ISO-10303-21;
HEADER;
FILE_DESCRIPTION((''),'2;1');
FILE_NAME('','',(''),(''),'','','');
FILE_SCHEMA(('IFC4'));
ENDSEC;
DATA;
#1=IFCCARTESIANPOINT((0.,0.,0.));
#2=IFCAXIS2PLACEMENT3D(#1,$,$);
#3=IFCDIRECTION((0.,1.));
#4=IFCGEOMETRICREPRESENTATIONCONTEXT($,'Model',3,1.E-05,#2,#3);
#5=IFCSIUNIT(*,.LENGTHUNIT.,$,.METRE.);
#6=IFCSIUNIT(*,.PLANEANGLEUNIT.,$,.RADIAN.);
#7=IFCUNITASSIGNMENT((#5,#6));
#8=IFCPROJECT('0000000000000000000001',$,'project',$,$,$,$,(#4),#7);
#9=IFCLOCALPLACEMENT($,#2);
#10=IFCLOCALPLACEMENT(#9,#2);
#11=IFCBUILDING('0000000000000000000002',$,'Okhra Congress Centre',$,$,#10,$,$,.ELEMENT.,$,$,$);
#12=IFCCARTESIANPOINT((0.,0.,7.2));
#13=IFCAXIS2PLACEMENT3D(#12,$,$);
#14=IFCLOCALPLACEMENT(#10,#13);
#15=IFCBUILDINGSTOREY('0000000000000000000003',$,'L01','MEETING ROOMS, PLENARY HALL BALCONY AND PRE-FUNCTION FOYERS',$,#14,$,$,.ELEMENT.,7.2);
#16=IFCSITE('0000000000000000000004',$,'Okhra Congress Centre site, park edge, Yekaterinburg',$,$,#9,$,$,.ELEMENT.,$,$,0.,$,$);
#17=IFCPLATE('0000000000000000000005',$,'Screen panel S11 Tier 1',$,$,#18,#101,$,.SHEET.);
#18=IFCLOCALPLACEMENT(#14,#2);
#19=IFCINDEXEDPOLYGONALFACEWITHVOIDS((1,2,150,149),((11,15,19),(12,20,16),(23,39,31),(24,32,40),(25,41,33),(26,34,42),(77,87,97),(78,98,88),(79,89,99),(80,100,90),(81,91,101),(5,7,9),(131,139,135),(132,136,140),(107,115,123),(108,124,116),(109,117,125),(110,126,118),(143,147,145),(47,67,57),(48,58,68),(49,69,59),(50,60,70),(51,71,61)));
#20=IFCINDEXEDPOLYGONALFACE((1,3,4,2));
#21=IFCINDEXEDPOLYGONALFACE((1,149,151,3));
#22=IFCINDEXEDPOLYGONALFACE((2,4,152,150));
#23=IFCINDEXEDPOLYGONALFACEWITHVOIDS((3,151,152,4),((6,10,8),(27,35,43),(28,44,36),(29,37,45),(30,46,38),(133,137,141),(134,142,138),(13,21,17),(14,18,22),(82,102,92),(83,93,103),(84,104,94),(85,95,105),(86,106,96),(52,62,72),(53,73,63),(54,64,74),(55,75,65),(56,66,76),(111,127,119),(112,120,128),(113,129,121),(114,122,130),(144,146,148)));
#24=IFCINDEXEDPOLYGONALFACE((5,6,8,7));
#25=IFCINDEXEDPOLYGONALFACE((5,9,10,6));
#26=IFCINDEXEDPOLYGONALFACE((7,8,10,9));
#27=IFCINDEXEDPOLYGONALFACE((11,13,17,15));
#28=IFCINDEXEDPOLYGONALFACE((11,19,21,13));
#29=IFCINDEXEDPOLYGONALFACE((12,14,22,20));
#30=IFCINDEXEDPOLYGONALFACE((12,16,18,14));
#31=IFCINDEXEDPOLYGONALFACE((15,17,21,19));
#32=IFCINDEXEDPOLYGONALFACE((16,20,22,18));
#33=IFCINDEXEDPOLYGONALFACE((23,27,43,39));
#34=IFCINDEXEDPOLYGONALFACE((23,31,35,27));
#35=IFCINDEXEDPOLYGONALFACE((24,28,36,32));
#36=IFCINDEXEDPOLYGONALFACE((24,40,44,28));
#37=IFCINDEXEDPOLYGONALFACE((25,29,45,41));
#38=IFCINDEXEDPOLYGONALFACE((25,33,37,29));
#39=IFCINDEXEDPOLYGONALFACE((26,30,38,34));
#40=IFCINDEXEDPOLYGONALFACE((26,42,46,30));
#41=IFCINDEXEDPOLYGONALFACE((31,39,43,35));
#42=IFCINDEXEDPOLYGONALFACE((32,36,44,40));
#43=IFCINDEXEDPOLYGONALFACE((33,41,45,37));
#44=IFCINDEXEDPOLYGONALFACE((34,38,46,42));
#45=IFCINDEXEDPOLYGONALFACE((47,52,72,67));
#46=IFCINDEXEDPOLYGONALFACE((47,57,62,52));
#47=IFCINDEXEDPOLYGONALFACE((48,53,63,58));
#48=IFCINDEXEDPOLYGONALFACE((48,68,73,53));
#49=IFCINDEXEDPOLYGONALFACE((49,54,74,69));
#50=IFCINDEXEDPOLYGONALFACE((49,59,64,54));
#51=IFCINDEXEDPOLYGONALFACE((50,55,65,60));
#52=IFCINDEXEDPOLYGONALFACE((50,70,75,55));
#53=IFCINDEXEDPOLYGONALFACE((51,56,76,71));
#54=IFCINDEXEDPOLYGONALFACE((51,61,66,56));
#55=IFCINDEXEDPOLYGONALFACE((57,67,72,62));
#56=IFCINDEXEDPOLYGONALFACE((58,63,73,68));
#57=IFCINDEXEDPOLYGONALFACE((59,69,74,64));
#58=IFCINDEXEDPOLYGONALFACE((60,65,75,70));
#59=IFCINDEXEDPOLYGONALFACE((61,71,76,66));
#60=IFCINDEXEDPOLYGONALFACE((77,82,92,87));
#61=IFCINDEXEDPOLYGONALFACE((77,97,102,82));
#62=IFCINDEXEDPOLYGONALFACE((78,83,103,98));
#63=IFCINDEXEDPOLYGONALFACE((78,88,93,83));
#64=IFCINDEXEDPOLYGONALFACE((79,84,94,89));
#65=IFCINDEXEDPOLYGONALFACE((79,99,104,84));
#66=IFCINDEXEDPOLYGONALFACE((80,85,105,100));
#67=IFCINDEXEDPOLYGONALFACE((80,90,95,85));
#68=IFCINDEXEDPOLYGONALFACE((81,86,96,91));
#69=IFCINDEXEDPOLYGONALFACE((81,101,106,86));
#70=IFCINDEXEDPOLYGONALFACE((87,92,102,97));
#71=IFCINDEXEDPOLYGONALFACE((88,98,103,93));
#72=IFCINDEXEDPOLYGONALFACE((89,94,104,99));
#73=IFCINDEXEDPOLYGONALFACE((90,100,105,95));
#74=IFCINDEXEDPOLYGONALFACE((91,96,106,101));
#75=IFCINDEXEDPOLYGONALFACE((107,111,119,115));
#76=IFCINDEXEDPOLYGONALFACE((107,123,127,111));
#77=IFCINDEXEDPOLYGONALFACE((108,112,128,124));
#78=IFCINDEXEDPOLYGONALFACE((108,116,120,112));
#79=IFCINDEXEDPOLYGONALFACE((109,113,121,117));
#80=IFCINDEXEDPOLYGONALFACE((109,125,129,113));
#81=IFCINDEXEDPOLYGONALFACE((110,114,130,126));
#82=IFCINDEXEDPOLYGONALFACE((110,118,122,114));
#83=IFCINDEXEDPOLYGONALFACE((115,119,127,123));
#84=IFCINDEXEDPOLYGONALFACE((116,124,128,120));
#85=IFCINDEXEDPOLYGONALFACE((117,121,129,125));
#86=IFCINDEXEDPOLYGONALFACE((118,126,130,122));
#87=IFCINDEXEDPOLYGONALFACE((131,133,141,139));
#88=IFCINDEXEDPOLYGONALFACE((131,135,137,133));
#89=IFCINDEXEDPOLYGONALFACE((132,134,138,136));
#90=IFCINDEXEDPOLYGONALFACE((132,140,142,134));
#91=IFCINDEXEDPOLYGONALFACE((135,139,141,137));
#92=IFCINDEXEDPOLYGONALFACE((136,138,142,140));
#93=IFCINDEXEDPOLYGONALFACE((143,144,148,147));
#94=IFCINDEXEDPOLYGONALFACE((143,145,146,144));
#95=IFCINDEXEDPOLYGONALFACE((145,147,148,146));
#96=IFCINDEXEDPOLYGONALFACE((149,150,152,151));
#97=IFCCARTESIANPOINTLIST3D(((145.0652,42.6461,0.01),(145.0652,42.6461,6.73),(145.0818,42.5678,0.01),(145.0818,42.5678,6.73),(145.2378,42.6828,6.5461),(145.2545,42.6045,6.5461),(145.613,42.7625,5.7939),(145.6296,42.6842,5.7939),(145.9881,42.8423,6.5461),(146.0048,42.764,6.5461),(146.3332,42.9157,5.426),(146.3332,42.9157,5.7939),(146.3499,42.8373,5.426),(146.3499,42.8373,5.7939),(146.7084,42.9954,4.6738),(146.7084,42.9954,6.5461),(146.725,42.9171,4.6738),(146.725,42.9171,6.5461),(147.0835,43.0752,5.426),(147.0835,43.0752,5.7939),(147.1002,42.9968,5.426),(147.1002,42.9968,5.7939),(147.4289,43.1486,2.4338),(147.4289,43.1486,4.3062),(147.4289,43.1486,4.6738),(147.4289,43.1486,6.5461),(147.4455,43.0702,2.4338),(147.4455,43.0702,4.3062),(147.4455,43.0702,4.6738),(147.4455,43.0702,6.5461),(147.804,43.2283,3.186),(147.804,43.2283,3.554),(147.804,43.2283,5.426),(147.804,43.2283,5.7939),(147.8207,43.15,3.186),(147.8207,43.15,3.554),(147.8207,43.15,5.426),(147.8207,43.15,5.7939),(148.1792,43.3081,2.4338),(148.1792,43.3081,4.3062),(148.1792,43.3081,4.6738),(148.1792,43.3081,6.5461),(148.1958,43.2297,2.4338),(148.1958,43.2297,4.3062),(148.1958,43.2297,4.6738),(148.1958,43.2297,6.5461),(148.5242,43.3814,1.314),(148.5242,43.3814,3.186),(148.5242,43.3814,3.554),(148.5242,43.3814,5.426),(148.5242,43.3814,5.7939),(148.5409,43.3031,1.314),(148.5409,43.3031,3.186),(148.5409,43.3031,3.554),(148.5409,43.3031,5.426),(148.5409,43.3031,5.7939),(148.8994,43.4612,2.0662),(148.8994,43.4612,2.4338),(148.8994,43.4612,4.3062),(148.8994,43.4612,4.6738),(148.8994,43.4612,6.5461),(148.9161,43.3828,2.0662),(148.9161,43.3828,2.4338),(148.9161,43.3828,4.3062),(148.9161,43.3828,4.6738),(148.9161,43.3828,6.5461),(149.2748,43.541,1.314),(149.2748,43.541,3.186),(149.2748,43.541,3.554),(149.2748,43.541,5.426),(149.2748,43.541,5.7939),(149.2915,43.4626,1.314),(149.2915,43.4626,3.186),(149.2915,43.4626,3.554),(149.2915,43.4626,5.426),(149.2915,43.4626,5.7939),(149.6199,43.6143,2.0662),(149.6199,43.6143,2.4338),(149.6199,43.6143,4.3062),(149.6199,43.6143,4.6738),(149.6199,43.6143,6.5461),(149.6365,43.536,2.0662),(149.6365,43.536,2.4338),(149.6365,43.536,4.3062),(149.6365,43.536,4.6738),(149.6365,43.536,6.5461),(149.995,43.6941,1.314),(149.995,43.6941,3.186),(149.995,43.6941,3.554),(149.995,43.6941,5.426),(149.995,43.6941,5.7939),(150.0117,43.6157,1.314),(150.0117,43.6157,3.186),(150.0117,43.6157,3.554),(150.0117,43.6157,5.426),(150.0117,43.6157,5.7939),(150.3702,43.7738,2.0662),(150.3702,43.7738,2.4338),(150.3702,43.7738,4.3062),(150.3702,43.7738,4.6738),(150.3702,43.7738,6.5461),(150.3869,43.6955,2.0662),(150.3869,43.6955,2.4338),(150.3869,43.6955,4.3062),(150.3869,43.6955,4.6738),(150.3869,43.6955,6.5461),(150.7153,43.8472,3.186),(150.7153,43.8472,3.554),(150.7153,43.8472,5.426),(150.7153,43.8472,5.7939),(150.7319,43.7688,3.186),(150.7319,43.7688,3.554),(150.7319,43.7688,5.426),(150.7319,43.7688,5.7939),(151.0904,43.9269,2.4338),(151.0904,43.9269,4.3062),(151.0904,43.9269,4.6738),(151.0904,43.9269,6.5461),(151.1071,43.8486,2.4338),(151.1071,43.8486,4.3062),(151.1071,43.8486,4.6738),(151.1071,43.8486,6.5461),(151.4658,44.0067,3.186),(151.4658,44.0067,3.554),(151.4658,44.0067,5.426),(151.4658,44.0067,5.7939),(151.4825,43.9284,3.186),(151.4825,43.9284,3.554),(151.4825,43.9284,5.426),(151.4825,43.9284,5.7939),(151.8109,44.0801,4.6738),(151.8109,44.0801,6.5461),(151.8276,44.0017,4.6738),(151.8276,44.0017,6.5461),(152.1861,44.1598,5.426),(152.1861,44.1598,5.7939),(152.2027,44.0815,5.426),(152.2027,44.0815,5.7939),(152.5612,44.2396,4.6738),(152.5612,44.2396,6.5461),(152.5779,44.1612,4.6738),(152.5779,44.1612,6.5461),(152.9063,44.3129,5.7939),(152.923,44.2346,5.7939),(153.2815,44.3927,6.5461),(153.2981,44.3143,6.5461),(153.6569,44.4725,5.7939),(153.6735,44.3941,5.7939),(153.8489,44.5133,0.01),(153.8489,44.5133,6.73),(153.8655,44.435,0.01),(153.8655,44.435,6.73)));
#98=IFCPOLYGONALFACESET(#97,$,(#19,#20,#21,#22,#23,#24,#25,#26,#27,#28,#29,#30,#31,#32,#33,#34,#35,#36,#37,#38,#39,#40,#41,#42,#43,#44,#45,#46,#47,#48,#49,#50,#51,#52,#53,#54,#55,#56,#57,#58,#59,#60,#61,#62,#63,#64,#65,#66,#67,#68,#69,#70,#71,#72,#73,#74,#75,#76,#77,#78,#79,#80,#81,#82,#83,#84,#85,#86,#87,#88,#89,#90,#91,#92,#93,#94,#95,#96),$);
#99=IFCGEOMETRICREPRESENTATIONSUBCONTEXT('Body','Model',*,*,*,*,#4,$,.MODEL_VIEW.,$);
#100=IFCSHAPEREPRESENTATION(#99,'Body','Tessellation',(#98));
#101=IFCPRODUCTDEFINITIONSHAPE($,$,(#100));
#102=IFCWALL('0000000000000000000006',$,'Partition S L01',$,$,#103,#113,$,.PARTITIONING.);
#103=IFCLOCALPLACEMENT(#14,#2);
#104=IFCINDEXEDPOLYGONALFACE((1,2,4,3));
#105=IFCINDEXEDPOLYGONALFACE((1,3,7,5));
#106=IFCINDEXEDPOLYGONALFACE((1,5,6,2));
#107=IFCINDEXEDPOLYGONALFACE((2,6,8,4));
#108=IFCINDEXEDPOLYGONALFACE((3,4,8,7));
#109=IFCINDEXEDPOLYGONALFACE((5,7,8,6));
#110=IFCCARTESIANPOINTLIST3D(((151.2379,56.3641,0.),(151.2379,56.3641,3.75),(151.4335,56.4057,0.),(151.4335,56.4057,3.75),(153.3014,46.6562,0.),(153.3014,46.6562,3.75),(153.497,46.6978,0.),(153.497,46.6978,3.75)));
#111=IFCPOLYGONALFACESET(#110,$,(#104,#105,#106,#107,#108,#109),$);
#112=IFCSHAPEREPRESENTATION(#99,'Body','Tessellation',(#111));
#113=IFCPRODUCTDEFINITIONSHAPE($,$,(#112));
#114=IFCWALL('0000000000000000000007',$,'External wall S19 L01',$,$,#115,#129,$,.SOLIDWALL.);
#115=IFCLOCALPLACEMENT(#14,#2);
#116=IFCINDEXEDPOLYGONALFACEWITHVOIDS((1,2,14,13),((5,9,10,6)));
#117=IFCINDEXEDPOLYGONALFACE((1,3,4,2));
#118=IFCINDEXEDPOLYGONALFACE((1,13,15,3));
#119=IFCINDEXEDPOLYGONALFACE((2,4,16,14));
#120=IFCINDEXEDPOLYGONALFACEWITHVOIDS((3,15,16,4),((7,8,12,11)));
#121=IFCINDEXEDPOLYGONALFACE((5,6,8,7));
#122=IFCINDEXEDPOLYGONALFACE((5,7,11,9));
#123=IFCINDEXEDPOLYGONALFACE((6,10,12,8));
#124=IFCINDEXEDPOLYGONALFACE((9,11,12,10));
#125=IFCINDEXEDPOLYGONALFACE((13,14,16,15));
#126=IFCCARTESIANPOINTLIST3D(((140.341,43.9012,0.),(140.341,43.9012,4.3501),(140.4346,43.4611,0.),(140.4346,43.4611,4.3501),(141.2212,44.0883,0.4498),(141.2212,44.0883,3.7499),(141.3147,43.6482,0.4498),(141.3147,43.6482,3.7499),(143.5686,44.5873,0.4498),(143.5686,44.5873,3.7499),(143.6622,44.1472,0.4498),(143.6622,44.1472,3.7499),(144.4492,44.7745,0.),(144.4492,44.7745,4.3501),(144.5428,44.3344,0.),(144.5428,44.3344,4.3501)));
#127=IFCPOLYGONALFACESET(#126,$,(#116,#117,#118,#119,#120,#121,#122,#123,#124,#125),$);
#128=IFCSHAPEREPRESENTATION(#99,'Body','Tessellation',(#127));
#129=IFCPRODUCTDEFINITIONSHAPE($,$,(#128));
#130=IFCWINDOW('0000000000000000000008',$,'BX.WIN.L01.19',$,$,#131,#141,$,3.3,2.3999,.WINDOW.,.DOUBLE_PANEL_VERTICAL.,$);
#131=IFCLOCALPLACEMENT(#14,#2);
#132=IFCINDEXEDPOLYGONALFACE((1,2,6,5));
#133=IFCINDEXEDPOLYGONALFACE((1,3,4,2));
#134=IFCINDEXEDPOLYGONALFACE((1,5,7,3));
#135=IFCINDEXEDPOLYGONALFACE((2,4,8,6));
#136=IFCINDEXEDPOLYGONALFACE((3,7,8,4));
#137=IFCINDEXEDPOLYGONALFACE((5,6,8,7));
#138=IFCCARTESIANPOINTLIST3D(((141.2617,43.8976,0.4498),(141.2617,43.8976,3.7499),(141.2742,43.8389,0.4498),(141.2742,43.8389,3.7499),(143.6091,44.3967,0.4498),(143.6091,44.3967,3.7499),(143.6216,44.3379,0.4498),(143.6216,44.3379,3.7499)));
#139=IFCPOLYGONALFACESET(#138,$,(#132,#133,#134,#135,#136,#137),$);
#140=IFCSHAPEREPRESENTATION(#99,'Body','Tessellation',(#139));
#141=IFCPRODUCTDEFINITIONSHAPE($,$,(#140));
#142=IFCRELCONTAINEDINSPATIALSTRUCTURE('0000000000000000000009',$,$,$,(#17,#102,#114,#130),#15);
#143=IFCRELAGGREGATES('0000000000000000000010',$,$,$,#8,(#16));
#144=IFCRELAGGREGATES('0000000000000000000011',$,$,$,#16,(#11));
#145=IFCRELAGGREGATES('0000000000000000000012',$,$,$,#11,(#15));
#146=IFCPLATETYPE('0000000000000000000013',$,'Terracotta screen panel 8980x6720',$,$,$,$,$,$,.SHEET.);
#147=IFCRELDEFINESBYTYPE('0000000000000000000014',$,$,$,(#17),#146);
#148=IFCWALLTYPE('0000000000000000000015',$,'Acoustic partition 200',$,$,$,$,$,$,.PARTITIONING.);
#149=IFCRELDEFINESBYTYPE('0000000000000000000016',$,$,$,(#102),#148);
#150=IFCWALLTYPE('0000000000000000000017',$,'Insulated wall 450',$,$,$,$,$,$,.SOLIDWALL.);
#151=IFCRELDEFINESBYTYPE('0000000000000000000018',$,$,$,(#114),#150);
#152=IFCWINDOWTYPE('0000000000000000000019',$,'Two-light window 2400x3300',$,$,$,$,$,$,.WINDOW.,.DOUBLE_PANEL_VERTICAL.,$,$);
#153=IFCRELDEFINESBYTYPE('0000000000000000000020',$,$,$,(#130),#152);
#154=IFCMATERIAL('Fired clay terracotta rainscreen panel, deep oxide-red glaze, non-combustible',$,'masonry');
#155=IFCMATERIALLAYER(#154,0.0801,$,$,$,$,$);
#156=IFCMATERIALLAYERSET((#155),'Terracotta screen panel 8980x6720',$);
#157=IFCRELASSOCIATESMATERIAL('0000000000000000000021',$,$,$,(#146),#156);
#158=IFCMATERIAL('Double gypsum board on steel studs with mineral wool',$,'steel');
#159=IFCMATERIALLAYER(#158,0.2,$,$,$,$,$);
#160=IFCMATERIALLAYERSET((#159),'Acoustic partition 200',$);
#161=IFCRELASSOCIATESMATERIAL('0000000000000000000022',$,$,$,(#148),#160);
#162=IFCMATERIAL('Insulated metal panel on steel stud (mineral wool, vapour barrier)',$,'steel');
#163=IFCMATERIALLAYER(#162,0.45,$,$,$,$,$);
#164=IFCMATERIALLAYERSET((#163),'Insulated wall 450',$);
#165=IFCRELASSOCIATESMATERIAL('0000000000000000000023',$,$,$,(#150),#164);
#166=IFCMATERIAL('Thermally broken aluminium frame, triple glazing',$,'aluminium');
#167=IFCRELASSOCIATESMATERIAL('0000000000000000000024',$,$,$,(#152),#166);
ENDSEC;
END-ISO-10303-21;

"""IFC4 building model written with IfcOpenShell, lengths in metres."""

from ifc_helpers import new_model, si_unit, direction, frame, frame_2d, origin, place, context, subcontext, project, spatial, polyline, rectangle, outline, extrude, material, layer, layer_set, type_object, element, fill, save


model = new_model("IFC4")

# Units and contexts
model_context = context("Model", 3, precision=1e-05, world=origin(), true_north=direction((0.0, 1.0)))
body_context = subcontext(model_context, "Body", "Model", "MODEL_VIEW")
ifc_project = project(units=[si_unit("LENGTHUNIT", "METRE"), si_unit("PLANEANGLEUNIT", "RADIAN")], contexts=[model_context])

# Site, building, storey
site_placement = place(None, origin())
site = spatial("IfcSite", under=ifc_project, at=site_placement, Name="Okhra Congress Centre site, park edge, Yekaterinburg", CompositionType="ELEMENT", RefElevation=0.0)
building_placement = place(site_placement, origin())
building = spatial("IfcBuilding", under=site, at=building_placement, Name="Okhra Congress Centre", CompositionType="ELEMENT")
storey_placement = place(building_placement, frame((0.0, 0.0, 7.2)))
storey = spatial("IfcBuildingStorey", under=building, at=storey_placement, Name="L01", Description="MEETING ROOMS, PLENARY HALL BALCONY AND PRE-FUNCTION FOYERS", CompositionType="ELEMENT", Elevation=7.2)

# Plate
ifc_material_1 = material(Name="Fired clay terracotta rainscreen panel, deep oxide-red glaze, non-combustible", Category="masonry")
ifc_layer_1 = layer(ifc_material_1, 0.0801)
ifc_layer_set_1 = layer_set([ifc_layer_1], Name="Terracotta screen panel 8980x6720")
plate_type = type_object("IfcPlateType", Name="Terracotta screen panel 8980x6720", PredefinedType="SHEET", material=ifc_layer_set_1)
plate_placement = place(storey_placement, frame((145.0735, 42.6069, 0.01), z_axis=(0.0, 0.0, 1.0), x_axis=(0.978144, 0.207928, 0.0)))
element("IfcPlate", 1, at=plate_placement, inside=storey, type_object=plate_type, Name="Screen panel S11 Tier 1", PredefinedType="SHEET", context=body_context, shape_type="SweptSolid", body=[
    extrude(outline(polyline([(0.0, 0.0), (8.98, 0.0), (8.98, 6.72), (0.0, 6.72), (0.0, 0.0)]), holes=[polyline([(3.5364, 1.304), (4.3037, 1.304), (3.9199, 2.0562), (3.5364, 1.304)]), polyline([(4.6565, 2.0562), (5.04, 1.304), (5.4236, 2.0562), (4.6565, 2.0562)]), polyline([(2.4165, 2.4238), (3.1836, 2.4238), (2.8, 3.176), (2.4165, 2.4238)]), polyline([(3.5364, 3.176), (3.9199, 2.4238), (4.3037, 3.176), (3.5364, 3.176)]), polyline([(4.6565, 2.4238), (5.4236, 2.4238), (5.04, 3.176), (4.6565, 2.4238)]), polyline([(5.7764, 3.176), (6.1599, 2.4238), (6.5437, 3.176), (5.7764, 3.176)]), polyline([(2.4165, 4.2961), (2.8, 3.5439), (3.1836, 4.2961), (2.4165, 4.2961)]), polyline([(3.5364, 3.5439), (4.3037, 3.5439), (3.9199, 4.2961), (3.5364, 3.5439)]), polyline([(4.6565, 4.2961), (5.04, 3.5439), (5.4236, 4.2961), (4.6565, 4.2961)]), polyline([(5.7764, 3.5439), (6.5437, 3.5439), (6.1599, 4.2961), (5.7764, 3.5439)]), polyline([(1.2964, 5.416), (1.6799, 4.6638), (2.0635, 5.416), (1.2964, 5.416)]), polyline([(2.4165, 4.6638), (3.1836, 4.6638), (2.8, 5.416), (2.4165, 4.6638)]), polyline([(3.5364, 5.416), (3.9199, 4.6638), (4.3037, 5.416), (3.5364, 5.416)]), polyline([(4.6565, 4.6638), (5.4236, 4.6638), (5.04, 5.416), (4.6565, 4.6638)]), polyline([(5.7764, 5.416), (6.1599, 4.6638), (6.5437, 5.416), (5.7764, 5.416)]), polyline([(6.8965, 4.6638), (7.6636, 4.6638), (7.28, 5.416), (6.8965, 4.6638)]), polyline([(0.1765, 6.5361), (0.5601, 5.7839), (0.9436, 6.5361), (0.1765, 6.5361)]), polyline([(1.2964, 5.7839), (2.0635, 5.7839), (1.6799, 6.5361), (1.2964, 5.7839)]), polyline([(2.4165, 6.5361), (2.8, 5.7839), (3.1836, 6.5361), (2.4165, 6.5361)]), polyline([(3.5364, 5.7839), (4.3037, 5.7839), (3.9199, 6.5361), (3.5364, 5.7839)]), polyline([(4.6565, 6.5361), (5.04, 5.7839), (5.4236, 6.5361), (4.6565, 6.5361)]), polyline([(5.7764, 5.7839), (6.5437, 5.7839), (6.1599, 6.5361), (5.7764, 5.7839)]), polyline([(6.8965, 6.5361), (7.28, 5.7839), (7.6636, 6.5361), (6.8965, 6.5361)]), polyline([(8.0164, 5.7839), (8.7837, 5.7839), (8.3999, 6.5361), (8.0164, 5.7839)])]), frame((0.0, 0.04, 0.0), z_axis=(0.0, -1.0, 0.0), x_axis=(1.0, 0.0, 0.0)), (0.0, 0.0, 1.0), 0.0801),
])

# Wall
ifc_material_2 = material(Name="Double gypsum board on steel studs with mineral wool", Category="steel")
ifc_layer_2 = layer(ifc_material_2, 0.2)
ifc_layer_set_2 = layer_set([ifc_layer_2], Name="Acoustic partition 200")
wall_type_1 = type_object("IfcWallType", Name="Acoustic partition 200", PredefinedType="PARTITIONING", material=ifc_layer_set_2)
wall_1_placement = place(storey_placement, frame((153.3992, 46.677, 0.0), z_axis=(0.0, 0.0, 1.0), x_axis=(-0.207909, 0.978148, 0.0)))
element("IfcWall", 2, at=wall_1_placement, inside=storey, type_object=wall_type_1, Name="Partition S L01", PredefinedType="PARTITIONING", context=body_context, shape_type="SweptSolid", body=[
    extrude(rectangle(XDim=9.9248, YDim=0.2, at=frame_2d((4.9624, 0.0))), origin(), (0.0, 0.0, 1.0), 3.75),
])

# Wall, opening, window
ifc_material_3 = material(Name="Insulated metal panel on steel stud (mineral wool, vapour barrier)", Category="steel")
ifc_layer_3 = layer(ifc_material_3, 0.45)
ifc_layer_set_3 = layer_set([ifc_layer_3], Name="Insulated wall 450")
wall_type_2 = type_object("IfcWallType", Name="Insulated wall 450", PredefinedType="SOLIDWALL", material=ifc_layer_set_3)
wall_2_placement = place(storey_placement, frame((140.3877, 43.6812, 0.0), z_axis=(0.0, 0.0, 1.0), x_axis=(0.978144, 0.207929, 0.0)))
wall_2 = element("IfcWall", 3, at=wall_2_placement, inside=storey, type_object=wall_type_2, Name="External wall S19 L01", PredefinedType="SOLIDWALL", context=body_context, shape_type="SweptSolid", body=[
    extrude(rectangle(XDim=4.2, YDim=0.45, at=frame_2d((2.1001, 0.0))), origin(), (0.0, 0.0, 1.0), 4.3501),
])
opening_1_placement = place(wall_2_placement, frame((0.8999, 0.0, 0.45)))
opening_1 = element("IfcOpeningElement", 4, at=opening_1_placement, cuts=wall_2, PredefinedType="OPENING", context=body_context, shape_type="SweptSolid", body=[
    extrude(rectangle(XDim=2.3999, YDim=3.3, at=frame_2d((1.2, 1.6499))), frame((0.0, 0.2349, 0.0), z_axis=(0.0, -1.0, 0.0), x_axis=(1.0, 0.0, 0.0)), (0.0, 0.0, 1.0), 0.47),
])
ifc_material_4 = material(Name="Thermally broken aluminium frame, triple glazing", Category="aluminium")
window_type = type_object("IfcWindowType", Name="Two-light window 2400x3300", PartitioningType="DOUBLE_PANEL_VERTICAL", PredefinedType="WINDOW", material=ifc_material_4)
window_1_placement = place(opening_1_placement, origin())
window_1 = element("IfcWindow", 5, at=window_1_placement, inside=storey, type_object=window_type, Name="BX.WIN.L01.19", OverallHeight=3.3, OverallWidth=2.3999, PartitioningType="DOUBLE_PANEL_VERTICAL", PredefinedType="WINDOW", context=body_context, shape_type="SweptSolid", body=[
    extrude(rectangle(XDim=2.3999, YDim=3.3, at=frame_2d((1.2, 1.6499))), frame((0.0, 0.03, 0.0), z_axis=(0.0, -1.0, 0.0), x_axis=(1.0, 0.0, 0.0)), (0.0, 0.0, 1.0), 0.0601),
])
fill(opening_1, window_1)

save(model, "model.ifc")
